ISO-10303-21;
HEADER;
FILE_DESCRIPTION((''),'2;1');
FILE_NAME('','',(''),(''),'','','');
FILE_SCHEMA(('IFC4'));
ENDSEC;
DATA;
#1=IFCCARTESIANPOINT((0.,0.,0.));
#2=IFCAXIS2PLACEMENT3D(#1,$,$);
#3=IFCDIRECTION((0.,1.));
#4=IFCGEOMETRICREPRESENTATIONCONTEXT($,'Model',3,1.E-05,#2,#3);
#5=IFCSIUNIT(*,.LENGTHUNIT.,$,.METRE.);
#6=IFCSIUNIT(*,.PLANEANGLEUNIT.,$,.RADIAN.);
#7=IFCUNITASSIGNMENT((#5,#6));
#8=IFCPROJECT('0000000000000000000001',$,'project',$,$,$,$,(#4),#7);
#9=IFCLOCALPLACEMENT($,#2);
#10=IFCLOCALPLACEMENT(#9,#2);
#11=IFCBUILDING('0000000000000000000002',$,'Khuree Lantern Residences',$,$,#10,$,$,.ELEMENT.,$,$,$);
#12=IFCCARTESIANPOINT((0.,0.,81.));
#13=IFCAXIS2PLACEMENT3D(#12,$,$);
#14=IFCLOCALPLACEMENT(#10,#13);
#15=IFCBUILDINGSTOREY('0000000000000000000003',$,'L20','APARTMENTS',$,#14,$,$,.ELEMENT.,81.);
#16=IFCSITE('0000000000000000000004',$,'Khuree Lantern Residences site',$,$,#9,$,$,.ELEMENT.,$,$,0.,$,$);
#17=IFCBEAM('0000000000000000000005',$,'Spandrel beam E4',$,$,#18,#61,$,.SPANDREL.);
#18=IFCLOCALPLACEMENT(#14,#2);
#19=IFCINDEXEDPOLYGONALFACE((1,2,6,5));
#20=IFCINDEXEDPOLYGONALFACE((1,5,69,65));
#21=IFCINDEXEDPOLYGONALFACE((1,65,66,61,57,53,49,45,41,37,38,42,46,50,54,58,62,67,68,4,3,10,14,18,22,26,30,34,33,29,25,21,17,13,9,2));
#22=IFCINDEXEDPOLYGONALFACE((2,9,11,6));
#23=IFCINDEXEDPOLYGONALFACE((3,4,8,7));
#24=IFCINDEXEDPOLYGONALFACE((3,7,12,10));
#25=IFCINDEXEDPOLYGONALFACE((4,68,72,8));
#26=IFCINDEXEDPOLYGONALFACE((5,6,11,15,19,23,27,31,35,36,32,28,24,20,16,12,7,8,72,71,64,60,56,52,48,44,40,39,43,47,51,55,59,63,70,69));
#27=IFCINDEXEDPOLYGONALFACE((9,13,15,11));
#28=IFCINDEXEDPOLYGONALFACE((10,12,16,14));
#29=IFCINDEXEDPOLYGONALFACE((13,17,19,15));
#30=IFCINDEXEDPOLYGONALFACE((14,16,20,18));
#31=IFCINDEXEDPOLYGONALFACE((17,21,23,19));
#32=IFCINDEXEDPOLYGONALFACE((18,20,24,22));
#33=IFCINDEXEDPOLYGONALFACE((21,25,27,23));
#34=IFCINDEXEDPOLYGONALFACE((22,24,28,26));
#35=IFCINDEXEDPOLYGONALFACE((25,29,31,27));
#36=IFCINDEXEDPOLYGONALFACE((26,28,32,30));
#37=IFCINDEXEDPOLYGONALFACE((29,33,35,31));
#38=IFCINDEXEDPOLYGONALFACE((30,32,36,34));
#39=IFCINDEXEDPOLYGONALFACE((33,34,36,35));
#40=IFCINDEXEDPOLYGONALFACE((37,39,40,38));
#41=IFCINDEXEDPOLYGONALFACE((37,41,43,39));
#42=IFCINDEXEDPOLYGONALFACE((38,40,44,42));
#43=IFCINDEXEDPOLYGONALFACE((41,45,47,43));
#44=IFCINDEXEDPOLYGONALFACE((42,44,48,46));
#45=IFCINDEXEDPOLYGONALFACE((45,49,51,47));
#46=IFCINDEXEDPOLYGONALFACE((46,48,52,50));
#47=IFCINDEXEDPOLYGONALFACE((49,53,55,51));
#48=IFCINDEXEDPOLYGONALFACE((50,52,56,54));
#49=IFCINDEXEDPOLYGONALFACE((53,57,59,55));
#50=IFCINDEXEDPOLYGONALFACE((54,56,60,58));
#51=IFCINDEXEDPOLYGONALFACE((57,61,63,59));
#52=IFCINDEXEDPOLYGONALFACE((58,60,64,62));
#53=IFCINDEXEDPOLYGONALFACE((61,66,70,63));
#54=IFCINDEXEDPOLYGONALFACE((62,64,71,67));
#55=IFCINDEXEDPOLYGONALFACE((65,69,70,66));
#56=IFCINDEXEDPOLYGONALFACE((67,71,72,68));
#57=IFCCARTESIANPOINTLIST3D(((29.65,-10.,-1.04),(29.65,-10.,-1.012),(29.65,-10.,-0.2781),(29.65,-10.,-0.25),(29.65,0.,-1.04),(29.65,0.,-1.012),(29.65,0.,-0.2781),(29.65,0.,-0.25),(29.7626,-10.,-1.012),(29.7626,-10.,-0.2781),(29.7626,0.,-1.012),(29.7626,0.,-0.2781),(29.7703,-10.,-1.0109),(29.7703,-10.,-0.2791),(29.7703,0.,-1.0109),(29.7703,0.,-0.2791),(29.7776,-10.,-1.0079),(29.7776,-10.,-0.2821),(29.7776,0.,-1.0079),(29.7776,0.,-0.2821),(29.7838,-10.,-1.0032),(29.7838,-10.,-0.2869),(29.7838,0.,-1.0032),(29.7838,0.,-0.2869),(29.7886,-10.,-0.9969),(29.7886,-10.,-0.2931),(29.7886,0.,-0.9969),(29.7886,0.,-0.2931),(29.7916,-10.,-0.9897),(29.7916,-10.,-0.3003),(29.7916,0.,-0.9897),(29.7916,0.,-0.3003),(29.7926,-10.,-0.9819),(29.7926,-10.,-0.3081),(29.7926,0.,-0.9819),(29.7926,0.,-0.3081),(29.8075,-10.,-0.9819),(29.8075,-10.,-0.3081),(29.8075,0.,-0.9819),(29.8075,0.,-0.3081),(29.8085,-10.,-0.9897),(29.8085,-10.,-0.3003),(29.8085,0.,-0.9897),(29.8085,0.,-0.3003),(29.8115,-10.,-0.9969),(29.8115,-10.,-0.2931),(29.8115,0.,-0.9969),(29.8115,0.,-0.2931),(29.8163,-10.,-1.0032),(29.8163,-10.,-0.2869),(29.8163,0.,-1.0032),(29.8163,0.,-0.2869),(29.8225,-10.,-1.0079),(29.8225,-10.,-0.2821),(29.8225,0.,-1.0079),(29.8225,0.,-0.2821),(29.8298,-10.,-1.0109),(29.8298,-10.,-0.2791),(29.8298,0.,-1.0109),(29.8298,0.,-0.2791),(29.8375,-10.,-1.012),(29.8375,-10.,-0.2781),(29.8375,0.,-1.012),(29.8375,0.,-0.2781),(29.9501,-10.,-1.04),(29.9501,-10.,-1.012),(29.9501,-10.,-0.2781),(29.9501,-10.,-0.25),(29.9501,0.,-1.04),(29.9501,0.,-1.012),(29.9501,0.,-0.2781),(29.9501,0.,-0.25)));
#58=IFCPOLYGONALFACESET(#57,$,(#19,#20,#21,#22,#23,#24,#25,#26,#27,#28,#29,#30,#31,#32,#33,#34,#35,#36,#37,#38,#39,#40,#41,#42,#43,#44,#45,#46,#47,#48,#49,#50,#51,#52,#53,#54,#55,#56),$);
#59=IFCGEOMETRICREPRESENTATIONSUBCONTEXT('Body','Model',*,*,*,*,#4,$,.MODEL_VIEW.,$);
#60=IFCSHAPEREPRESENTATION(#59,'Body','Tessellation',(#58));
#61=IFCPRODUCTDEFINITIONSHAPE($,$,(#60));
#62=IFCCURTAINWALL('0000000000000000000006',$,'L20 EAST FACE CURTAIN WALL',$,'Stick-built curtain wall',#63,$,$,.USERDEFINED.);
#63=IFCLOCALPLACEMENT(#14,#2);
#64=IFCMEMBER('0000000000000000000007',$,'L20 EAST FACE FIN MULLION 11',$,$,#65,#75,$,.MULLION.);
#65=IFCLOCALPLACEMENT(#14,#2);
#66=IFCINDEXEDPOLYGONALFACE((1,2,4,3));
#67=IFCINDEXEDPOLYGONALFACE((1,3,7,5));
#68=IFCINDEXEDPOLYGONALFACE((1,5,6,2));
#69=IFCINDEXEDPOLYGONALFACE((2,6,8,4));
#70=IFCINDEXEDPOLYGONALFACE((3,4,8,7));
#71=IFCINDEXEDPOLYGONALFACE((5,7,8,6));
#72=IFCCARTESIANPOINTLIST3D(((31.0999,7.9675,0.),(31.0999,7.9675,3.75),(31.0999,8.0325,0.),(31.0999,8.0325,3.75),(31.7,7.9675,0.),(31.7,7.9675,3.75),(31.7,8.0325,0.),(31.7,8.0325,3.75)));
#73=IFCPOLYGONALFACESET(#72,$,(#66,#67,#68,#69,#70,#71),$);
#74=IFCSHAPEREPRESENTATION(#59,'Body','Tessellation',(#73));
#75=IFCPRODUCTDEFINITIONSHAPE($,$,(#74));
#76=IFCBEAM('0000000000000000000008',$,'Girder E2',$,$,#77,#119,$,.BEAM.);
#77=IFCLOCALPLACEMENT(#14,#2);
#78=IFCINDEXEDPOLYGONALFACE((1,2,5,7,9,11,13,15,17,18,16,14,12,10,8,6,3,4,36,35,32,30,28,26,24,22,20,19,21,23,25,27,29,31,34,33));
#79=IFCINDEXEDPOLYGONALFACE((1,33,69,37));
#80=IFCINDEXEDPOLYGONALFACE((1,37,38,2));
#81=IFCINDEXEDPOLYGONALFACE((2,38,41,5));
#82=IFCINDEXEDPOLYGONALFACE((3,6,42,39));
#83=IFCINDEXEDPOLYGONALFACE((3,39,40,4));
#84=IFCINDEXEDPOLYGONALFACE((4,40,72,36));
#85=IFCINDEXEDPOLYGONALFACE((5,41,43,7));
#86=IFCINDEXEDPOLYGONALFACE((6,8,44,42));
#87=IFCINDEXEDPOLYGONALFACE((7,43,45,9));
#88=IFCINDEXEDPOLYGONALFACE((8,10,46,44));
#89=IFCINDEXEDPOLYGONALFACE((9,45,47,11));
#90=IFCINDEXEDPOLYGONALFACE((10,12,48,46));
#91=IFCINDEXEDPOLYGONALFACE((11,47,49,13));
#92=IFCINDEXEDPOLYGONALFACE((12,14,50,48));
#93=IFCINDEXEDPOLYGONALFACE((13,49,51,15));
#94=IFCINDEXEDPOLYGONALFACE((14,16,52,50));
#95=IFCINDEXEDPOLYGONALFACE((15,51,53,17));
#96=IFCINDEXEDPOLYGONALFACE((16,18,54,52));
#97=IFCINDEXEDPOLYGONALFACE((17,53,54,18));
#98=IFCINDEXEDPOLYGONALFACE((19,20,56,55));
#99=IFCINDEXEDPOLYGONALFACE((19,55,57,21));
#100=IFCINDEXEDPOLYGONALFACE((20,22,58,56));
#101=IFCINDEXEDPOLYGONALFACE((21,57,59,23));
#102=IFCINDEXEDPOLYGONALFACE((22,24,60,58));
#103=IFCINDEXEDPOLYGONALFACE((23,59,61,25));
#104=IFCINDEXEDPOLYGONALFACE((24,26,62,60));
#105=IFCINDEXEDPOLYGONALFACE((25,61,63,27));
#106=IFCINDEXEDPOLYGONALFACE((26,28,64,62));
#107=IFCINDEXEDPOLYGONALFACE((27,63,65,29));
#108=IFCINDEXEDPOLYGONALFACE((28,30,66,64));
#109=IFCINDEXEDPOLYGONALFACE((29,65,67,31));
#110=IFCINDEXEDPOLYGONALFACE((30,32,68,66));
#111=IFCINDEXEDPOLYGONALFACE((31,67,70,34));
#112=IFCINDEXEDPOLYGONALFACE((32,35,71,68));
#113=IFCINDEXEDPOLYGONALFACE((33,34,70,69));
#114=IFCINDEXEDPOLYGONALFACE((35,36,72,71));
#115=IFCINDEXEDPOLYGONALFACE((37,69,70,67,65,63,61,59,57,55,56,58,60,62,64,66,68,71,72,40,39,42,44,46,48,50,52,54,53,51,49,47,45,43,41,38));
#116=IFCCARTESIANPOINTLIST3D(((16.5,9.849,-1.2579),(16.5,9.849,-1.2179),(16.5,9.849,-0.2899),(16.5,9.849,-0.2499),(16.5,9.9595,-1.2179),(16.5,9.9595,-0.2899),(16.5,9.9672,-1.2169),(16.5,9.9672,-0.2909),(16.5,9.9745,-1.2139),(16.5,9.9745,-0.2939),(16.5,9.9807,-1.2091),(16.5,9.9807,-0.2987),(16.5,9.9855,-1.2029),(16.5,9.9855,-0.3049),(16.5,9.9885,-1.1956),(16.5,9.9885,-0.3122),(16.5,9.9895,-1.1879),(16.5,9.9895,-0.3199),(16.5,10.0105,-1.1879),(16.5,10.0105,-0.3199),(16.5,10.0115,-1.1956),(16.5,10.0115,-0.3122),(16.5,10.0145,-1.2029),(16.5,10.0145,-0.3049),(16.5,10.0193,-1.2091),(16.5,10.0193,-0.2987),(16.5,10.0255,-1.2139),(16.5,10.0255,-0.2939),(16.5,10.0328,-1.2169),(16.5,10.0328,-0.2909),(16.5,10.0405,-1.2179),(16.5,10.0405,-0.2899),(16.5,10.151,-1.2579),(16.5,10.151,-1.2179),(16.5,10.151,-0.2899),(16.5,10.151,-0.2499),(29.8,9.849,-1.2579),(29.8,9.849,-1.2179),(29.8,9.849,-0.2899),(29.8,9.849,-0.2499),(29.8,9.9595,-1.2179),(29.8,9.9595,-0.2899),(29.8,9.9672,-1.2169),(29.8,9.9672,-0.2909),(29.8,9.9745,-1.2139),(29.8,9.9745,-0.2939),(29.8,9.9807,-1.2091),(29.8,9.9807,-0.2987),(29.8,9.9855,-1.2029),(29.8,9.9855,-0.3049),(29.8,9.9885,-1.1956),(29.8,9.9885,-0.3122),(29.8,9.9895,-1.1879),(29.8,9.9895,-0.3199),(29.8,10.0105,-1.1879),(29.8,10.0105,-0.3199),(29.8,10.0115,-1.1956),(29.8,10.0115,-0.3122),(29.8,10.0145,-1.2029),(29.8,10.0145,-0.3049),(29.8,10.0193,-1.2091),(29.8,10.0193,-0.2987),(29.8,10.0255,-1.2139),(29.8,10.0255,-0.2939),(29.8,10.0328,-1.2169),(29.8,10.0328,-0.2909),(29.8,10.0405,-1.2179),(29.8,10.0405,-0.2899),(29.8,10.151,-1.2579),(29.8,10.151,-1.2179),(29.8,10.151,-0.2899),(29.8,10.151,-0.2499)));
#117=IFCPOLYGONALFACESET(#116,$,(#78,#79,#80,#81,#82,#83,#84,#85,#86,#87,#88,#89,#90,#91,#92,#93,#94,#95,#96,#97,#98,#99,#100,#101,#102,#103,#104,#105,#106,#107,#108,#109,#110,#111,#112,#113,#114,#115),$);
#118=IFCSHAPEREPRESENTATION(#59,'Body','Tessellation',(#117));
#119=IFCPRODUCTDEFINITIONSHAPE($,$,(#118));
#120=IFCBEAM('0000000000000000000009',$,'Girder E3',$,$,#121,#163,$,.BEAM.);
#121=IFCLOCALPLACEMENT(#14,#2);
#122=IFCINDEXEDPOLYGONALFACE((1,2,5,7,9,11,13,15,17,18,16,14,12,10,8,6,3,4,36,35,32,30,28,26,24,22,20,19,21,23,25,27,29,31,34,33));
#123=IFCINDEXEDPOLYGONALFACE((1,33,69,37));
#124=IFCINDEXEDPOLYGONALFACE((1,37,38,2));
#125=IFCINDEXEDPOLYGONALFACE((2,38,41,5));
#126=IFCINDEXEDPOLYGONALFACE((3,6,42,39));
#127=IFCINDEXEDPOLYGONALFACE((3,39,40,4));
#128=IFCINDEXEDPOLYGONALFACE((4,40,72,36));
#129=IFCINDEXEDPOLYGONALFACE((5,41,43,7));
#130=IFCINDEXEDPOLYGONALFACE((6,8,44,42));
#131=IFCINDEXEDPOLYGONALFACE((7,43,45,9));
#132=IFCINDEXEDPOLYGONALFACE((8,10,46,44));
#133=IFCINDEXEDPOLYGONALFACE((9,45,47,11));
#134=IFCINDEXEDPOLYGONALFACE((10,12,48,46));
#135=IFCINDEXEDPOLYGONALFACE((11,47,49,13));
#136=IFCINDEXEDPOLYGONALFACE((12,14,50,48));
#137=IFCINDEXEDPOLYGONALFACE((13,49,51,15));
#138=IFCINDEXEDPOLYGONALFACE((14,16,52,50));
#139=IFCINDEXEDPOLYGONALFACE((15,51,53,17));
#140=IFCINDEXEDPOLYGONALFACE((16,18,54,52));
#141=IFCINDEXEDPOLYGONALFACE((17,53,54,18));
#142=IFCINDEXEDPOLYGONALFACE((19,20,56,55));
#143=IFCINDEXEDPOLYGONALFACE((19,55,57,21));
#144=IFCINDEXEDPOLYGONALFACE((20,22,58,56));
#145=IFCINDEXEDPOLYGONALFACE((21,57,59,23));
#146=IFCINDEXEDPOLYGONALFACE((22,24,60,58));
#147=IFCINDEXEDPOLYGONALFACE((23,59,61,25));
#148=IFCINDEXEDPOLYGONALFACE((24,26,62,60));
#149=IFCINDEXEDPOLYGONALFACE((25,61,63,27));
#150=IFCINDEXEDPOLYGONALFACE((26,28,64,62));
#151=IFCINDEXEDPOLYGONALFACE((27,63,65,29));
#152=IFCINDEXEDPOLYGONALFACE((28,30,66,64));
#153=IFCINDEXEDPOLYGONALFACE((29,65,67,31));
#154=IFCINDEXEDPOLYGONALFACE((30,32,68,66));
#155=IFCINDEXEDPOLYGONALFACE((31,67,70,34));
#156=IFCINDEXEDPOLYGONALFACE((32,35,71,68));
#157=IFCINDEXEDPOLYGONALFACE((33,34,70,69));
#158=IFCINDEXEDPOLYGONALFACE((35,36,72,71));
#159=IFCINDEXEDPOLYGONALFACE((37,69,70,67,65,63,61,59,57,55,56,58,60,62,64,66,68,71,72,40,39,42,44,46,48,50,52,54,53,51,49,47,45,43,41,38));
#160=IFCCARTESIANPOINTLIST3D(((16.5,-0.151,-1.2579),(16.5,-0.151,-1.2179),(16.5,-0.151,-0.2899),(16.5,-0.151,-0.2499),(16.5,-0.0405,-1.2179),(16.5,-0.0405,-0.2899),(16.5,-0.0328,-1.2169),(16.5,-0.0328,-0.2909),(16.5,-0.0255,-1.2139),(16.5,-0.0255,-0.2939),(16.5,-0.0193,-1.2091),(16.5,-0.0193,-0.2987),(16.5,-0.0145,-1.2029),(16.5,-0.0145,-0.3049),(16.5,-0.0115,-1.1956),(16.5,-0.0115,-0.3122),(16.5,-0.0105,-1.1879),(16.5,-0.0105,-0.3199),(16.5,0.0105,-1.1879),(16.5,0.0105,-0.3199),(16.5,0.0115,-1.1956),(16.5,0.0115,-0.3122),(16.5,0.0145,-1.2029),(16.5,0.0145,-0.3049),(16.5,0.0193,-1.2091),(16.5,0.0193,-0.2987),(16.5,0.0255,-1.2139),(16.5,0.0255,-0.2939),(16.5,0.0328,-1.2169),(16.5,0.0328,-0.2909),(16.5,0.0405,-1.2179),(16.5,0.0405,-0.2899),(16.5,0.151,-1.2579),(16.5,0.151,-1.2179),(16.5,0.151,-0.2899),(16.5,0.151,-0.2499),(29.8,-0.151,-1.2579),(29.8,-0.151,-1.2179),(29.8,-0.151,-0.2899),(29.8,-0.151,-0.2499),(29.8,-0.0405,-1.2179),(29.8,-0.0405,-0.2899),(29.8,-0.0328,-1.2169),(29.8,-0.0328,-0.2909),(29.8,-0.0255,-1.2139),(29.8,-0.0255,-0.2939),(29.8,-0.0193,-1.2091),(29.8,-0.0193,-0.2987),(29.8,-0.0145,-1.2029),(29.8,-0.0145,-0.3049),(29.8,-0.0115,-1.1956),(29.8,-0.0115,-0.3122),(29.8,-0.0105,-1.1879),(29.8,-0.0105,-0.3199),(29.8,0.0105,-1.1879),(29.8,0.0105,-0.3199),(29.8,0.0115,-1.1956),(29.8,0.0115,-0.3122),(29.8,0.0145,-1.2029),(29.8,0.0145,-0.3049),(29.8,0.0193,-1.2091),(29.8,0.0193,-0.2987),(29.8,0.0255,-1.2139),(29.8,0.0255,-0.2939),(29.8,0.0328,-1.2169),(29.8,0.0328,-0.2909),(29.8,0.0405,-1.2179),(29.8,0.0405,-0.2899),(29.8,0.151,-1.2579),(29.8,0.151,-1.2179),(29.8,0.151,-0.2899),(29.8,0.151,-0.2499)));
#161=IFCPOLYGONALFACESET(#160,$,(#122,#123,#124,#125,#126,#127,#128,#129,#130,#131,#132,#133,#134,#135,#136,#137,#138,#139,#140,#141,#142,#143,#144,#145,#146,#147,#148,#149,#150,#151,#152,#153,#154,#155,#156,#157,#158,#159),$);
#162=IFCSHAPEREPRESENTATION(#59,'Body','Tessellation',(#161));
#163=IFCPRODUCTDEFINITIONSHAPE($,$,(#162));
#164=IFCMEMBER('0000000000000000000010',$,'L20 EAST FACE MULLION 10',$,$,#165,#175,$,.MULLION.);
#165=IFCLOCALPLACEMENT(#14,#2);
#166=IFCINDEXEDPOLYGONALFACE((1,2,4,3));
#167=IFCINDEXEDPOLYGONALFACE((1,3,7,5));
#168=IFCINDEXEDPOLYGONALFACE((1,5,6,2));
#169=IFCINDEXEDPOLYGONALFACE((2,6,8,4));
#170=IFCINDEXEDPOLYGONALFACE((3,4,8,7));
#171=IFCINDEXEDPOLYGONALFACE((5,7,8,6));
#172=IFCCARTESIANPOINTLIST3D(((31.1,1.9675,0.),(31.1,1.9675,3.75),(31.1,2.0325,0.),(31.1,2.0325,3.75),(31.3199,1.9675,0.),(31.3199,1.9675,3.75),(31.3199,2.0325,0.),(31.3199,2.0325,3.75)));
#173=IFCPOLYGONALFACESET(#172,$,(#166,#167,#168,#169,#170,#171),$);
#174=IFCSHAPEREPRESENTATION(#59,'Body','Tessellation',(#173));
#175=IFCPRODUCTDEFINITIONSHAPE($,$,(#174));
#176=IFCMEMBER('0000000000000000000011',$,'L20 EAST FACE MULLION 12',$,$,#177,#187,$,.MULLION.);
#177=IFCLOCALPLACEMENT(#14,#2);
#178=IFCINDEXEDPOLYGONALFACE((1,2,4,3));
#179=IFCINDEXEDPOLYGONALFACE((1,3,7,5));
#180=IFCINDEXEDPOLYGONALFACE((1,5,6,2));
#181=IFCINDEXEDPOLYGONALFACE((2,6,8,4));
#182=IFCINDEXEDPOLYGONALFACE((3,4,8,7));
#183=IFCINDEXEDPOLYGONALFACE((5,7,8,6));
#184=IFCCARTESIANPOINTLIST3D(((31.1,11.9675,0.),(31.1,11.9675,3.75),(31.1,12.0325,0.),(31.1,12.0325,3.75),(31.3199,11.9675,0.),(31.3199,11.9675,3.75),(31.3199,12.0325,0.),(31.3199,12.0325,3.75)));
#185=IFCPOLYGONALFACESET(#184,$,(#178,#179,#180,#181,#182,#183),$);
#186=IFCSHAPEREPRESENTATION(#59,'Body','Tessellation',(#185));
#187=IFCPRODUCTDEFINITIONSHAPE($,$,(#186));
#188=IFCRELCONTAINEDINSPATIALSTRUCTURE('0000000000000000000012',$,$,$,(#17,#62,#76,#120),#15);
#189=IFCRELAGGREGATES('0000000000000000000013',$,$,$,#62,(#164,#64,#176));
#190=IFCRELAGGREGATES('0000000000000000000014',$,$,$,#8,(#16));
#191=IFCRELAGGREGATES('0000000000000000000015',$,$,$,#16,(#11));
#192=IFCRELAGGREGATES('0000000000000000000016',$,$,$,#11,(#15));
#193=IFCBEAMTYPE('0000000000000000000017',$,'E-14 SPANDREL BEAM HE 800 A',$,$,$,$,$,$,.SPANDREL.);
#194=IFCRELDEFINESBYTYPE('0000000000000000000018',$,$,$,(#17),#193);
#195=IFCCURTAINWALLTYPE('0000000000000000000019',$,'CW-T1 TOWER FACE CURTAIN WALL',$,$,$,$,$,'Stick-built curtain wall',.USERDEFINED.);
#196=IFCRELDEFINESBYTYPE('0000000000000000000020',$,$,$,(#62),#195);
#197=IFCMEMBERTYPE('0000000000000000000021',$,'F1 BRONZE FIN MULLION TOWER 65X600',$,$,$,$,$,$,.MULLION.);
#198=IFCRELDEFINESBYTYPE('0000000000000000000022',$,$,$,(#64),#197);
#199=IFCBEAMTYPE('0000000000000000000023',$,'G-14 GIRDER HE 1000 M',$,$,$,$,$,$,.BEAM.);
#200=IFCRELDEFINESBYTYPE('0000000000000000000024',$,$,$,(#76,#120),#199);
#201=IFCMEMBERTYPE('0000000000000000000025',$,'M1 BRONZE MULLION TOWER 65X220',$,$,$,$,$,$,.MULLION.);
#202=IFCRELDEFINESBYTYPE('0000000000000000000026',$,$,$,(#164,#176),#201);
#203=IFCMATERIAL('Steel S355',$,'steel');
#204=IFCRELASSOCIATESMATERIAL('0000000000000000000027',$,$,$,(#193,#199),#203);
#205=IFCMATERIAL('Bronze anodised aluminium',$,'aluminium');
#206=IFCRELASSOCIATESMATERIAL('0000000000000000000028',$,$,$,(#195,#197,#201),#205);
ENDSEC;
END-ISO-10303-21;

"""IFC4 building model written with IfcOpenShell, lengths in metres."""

from ifc_helpers import new_model, si_unit, direction, frame, origin, origin_2d, place, context, subcontext, project, spatial, rectangle, i_section, extrude, material, material_profile, profile_set, type_object, element, aggregate, save


model = new_model("IFC4")

# Units and contexts
model_context = context("Model", 3, precision=1e-05, world=origin(), true_north=direction((0.0, 1.0)))
body_context = subcontext(model_context, "Body", "Model", "MODEL_VIEW")
ifc_project = project(units=[si_unit("LENGTHUNIT", "METRE"), si_unit("PLANEANGLEUNIT", "RADIAN")], contexts=[model_context])

# Site, building, storey
site_placement = place(None, origin())
site = spatial("IfcSite", under=ifc_project, at=site_placement, Name="Khuree Lantern Residences site", CompositionType="ELEMENT", RefElevation=0.0)
building_placement = place(site_placement, origin())
building = spatial("IfcBuilding", under=site, at=building_placement, Name="Khuree Lantern Residences", CompositionType="ELEMENT")
storey_placement = place(building_placement, frame((0.0, 0.0, 81.0)))
storey = spatial("IfcBuildingStorey", under=building, at=storey_placement, Name="L20", Description="APARTMENTS", CompositionType="ELEMENT", Elevation=81.0)

# Beam
ifc_material_1 = material(Name="Steel S355", Category="steel")
ifc_material_profile_1 = material_profile(ifc_material_1, i_section(OverallWidth=0.3, OverallDepth=0.79, WebThickness=0.0149, FlangeThickness=0.0281, FilletRadius=0.03, at=origin_2d()), Name="HE 800 A")
ifc_profile_set_1 = profile_set([ifc_material_profile_1], Name="Steel S355")
beam_type_1 = type_object("IfcBeamType", Name="E-14 SPANDREL BEAM HE 800 A", PredefinedType="SPANDREL", material=ifc_profile_set_1)
for number, where, z_axis, x_axis, name in (
    (1, (29.8, 0.0, -0.645), (0.0, -1.0, 0.0), (1.0, 0.0, 0.0), "Spandrel beam E4"),
):
    element("IfcBeam", number, at=place(storey_placement, frame(where, z_axis=z_axis, x_axis=x_axis)), inside=storey, type_object=beam_type_1, Name=name, PredefinedType="SPANDREL", context=body_context, shape_type="SweptSolid", body=[
        extrude(i_section(OverallWidth=0.3, OverallDepth=0.79, WebThickness=0.0149, FlangeThickness=0.0281, FilletRadius=0.03, at=origin_2d()), origin(), (0.0, 0.0, 1.0), 10.0),
    ])

# Curtain wall, member
ifc_material_2 = material(Name="Bronze anodised aluminium", Category="aluminium")
curtain_wall_type = type_object("IfcCurtainWallType", Name="CW-T1 TOWER FACE CURTAIN WALL", ElementType="Stick-built curtain wall", PredefinedType="USERDEFINED", material=ifc_material_2)
curtain_wall_placement = place(storey_placement, origin())
curtain_wall = element("IfcCurtainWall", 2, at=curtain_wall_placement, inside=storey, type_object=curtain_wall_type, Name="L20 EAST FACE CURTAIN WALL", ObjectType="Stick-built curtain wall", PredefinedType="USERDEFINED")
ifc_material_profile_2 = material_profile(ifc_material_2, rectangle(XDim=0.0649, YDim=0.6001, at=origin_2d()), Name="F1 65X600")
ifc_profile_set_2 = profile_set([ifc_material_profile_2], Name="Bronze anodised aluminium")
member_type_1 = type_object("IfcMemberType", Name="F1 BRONZE FIN MULLION TOWER 65X600", PredefinedType="MULLION", material=ifc_profile_set_2)
member_1_placement = place(storey_placement, frame((31.3999, 8.0, 0.0), z_axis=(0.0, 0.0, 1.0), x_axis=(0.0, 1.0, 0.0)))
member_1 = element("IfcMember", 3, at=member_1_placement, type_object=member_type_1, Name="L20 EAST FACE FIN MULLION 11", PredefinedType="MULLION", context=body_context, shape_type="SweptSolid", body=[
    extrude(rectangle(XDim=0.0649, YDim=0.6001, at=origin_2d()), origin(), (0.0, 0.0, 1.0), 3.75),
])

# Beams
ifc_material_profile_3 = material_profile(ifc_material_1, i_section(OverallWidth=0.302, OverallDepth=1.0081, WebThickness=0.021, FlangeThickness=0.04, FilletRadius=0.03, at=origin_2d()), Name="HE 1000 M")
ifc_profile_set_3 = profile_set([ifc_material_profile_3], Name="Steel S355")
beam_type_2 = type_object("IfcBeamType", Name="G-14 GIRDER HE 1000 M", PredefinedType="BEAM", material=ifc_profile_set_3)
for number, where, z_axis, x_axis, name in (
    (4, (29.8, 10.0, -0.7539), (-1.0, 0.0, 0.0), (0.0, -1.0, 0.0), "Girder E2"),
    (5, (29.8, 0.0, -0.7539), (-1.0, 0.0, 0.0), (0.0, -1.0, 0.0), "Girder E3"),
):
    element("IfcBeam", number, at=place(storey_placement, frame(where, z_axis=z_axis, x_axis=x_axis)), inside=storey, type_object=beam_type_2, Name=name, PredefinedType="BEAM", context=body_context, shape_type="SweptSolid", body=[
        extrude(i_section(OverallWidth=0.302, OverallDepth=1.0081, WebThickness=0.021, FlangeThickness=0.04, FilletRadius=0.03, at=origin_2d()), origin(), (0.0, 0.0, 1.0), 13.3),
    ])

# Members
ifc_material_profile_4 = material_profile(ifc_material_2, rectangle(XDim=0.0649, YDim=0.22, at=origin_2d()), Name="M1 65X220")
ifc_profile_set_4 = profile_set([ifc_material_profile_4], Name="Bronze anodised aluminium")
member_type_2 = type_object("IfcMemberType", Name="M1 BRONZE MULLION TOWER 65X220", PredefinedType="MULLION", material=ifc_profile_set_4)
member_2_placement = place(storey_placement, frame((31.21, 2.0, 0.0), z_axis=(0.0, 0.0, 1.0), x_axis=(0.0, 1.0, 0.0)))
member_2 = element("IfcMember", 6, at=member_2_placement, type_object=member_type_2, Name="L20 EAST FACE MULLION 10", PredefinedType="MULLION", context=body_context, shape_type="SweptSolid", body=[
    extrude(rectangle(XDim=0.0649, YDim=0.22, at=origin_2d()), origin(), (0.0, 0.0, 1.0), 3.75),
])
member_3_placement = place(storey_placement, frame((31.21, 12.0, 0.0), z_axis=(0.0, 0.0, 1.0), x_axis=(0.0, 1.0, 0.0)))
member_3 = element("IfcMember", 7, at=member_3_placement, type_object=member_type_2, Name="L20 EAST FACE MULLION 12", PredefinedType="MULLION", context=body_context, shape_type="SweptSolid", body=[
    extrude(rectangle(XDim=0.0649, YDim=0.22, at=origin_2d()), origin(), (0.0, 0.0, 1.0), 3.75),
])

aggregate(curtain_wall, [member_2, member_1, member_3])

save(model, "model.ifc")
